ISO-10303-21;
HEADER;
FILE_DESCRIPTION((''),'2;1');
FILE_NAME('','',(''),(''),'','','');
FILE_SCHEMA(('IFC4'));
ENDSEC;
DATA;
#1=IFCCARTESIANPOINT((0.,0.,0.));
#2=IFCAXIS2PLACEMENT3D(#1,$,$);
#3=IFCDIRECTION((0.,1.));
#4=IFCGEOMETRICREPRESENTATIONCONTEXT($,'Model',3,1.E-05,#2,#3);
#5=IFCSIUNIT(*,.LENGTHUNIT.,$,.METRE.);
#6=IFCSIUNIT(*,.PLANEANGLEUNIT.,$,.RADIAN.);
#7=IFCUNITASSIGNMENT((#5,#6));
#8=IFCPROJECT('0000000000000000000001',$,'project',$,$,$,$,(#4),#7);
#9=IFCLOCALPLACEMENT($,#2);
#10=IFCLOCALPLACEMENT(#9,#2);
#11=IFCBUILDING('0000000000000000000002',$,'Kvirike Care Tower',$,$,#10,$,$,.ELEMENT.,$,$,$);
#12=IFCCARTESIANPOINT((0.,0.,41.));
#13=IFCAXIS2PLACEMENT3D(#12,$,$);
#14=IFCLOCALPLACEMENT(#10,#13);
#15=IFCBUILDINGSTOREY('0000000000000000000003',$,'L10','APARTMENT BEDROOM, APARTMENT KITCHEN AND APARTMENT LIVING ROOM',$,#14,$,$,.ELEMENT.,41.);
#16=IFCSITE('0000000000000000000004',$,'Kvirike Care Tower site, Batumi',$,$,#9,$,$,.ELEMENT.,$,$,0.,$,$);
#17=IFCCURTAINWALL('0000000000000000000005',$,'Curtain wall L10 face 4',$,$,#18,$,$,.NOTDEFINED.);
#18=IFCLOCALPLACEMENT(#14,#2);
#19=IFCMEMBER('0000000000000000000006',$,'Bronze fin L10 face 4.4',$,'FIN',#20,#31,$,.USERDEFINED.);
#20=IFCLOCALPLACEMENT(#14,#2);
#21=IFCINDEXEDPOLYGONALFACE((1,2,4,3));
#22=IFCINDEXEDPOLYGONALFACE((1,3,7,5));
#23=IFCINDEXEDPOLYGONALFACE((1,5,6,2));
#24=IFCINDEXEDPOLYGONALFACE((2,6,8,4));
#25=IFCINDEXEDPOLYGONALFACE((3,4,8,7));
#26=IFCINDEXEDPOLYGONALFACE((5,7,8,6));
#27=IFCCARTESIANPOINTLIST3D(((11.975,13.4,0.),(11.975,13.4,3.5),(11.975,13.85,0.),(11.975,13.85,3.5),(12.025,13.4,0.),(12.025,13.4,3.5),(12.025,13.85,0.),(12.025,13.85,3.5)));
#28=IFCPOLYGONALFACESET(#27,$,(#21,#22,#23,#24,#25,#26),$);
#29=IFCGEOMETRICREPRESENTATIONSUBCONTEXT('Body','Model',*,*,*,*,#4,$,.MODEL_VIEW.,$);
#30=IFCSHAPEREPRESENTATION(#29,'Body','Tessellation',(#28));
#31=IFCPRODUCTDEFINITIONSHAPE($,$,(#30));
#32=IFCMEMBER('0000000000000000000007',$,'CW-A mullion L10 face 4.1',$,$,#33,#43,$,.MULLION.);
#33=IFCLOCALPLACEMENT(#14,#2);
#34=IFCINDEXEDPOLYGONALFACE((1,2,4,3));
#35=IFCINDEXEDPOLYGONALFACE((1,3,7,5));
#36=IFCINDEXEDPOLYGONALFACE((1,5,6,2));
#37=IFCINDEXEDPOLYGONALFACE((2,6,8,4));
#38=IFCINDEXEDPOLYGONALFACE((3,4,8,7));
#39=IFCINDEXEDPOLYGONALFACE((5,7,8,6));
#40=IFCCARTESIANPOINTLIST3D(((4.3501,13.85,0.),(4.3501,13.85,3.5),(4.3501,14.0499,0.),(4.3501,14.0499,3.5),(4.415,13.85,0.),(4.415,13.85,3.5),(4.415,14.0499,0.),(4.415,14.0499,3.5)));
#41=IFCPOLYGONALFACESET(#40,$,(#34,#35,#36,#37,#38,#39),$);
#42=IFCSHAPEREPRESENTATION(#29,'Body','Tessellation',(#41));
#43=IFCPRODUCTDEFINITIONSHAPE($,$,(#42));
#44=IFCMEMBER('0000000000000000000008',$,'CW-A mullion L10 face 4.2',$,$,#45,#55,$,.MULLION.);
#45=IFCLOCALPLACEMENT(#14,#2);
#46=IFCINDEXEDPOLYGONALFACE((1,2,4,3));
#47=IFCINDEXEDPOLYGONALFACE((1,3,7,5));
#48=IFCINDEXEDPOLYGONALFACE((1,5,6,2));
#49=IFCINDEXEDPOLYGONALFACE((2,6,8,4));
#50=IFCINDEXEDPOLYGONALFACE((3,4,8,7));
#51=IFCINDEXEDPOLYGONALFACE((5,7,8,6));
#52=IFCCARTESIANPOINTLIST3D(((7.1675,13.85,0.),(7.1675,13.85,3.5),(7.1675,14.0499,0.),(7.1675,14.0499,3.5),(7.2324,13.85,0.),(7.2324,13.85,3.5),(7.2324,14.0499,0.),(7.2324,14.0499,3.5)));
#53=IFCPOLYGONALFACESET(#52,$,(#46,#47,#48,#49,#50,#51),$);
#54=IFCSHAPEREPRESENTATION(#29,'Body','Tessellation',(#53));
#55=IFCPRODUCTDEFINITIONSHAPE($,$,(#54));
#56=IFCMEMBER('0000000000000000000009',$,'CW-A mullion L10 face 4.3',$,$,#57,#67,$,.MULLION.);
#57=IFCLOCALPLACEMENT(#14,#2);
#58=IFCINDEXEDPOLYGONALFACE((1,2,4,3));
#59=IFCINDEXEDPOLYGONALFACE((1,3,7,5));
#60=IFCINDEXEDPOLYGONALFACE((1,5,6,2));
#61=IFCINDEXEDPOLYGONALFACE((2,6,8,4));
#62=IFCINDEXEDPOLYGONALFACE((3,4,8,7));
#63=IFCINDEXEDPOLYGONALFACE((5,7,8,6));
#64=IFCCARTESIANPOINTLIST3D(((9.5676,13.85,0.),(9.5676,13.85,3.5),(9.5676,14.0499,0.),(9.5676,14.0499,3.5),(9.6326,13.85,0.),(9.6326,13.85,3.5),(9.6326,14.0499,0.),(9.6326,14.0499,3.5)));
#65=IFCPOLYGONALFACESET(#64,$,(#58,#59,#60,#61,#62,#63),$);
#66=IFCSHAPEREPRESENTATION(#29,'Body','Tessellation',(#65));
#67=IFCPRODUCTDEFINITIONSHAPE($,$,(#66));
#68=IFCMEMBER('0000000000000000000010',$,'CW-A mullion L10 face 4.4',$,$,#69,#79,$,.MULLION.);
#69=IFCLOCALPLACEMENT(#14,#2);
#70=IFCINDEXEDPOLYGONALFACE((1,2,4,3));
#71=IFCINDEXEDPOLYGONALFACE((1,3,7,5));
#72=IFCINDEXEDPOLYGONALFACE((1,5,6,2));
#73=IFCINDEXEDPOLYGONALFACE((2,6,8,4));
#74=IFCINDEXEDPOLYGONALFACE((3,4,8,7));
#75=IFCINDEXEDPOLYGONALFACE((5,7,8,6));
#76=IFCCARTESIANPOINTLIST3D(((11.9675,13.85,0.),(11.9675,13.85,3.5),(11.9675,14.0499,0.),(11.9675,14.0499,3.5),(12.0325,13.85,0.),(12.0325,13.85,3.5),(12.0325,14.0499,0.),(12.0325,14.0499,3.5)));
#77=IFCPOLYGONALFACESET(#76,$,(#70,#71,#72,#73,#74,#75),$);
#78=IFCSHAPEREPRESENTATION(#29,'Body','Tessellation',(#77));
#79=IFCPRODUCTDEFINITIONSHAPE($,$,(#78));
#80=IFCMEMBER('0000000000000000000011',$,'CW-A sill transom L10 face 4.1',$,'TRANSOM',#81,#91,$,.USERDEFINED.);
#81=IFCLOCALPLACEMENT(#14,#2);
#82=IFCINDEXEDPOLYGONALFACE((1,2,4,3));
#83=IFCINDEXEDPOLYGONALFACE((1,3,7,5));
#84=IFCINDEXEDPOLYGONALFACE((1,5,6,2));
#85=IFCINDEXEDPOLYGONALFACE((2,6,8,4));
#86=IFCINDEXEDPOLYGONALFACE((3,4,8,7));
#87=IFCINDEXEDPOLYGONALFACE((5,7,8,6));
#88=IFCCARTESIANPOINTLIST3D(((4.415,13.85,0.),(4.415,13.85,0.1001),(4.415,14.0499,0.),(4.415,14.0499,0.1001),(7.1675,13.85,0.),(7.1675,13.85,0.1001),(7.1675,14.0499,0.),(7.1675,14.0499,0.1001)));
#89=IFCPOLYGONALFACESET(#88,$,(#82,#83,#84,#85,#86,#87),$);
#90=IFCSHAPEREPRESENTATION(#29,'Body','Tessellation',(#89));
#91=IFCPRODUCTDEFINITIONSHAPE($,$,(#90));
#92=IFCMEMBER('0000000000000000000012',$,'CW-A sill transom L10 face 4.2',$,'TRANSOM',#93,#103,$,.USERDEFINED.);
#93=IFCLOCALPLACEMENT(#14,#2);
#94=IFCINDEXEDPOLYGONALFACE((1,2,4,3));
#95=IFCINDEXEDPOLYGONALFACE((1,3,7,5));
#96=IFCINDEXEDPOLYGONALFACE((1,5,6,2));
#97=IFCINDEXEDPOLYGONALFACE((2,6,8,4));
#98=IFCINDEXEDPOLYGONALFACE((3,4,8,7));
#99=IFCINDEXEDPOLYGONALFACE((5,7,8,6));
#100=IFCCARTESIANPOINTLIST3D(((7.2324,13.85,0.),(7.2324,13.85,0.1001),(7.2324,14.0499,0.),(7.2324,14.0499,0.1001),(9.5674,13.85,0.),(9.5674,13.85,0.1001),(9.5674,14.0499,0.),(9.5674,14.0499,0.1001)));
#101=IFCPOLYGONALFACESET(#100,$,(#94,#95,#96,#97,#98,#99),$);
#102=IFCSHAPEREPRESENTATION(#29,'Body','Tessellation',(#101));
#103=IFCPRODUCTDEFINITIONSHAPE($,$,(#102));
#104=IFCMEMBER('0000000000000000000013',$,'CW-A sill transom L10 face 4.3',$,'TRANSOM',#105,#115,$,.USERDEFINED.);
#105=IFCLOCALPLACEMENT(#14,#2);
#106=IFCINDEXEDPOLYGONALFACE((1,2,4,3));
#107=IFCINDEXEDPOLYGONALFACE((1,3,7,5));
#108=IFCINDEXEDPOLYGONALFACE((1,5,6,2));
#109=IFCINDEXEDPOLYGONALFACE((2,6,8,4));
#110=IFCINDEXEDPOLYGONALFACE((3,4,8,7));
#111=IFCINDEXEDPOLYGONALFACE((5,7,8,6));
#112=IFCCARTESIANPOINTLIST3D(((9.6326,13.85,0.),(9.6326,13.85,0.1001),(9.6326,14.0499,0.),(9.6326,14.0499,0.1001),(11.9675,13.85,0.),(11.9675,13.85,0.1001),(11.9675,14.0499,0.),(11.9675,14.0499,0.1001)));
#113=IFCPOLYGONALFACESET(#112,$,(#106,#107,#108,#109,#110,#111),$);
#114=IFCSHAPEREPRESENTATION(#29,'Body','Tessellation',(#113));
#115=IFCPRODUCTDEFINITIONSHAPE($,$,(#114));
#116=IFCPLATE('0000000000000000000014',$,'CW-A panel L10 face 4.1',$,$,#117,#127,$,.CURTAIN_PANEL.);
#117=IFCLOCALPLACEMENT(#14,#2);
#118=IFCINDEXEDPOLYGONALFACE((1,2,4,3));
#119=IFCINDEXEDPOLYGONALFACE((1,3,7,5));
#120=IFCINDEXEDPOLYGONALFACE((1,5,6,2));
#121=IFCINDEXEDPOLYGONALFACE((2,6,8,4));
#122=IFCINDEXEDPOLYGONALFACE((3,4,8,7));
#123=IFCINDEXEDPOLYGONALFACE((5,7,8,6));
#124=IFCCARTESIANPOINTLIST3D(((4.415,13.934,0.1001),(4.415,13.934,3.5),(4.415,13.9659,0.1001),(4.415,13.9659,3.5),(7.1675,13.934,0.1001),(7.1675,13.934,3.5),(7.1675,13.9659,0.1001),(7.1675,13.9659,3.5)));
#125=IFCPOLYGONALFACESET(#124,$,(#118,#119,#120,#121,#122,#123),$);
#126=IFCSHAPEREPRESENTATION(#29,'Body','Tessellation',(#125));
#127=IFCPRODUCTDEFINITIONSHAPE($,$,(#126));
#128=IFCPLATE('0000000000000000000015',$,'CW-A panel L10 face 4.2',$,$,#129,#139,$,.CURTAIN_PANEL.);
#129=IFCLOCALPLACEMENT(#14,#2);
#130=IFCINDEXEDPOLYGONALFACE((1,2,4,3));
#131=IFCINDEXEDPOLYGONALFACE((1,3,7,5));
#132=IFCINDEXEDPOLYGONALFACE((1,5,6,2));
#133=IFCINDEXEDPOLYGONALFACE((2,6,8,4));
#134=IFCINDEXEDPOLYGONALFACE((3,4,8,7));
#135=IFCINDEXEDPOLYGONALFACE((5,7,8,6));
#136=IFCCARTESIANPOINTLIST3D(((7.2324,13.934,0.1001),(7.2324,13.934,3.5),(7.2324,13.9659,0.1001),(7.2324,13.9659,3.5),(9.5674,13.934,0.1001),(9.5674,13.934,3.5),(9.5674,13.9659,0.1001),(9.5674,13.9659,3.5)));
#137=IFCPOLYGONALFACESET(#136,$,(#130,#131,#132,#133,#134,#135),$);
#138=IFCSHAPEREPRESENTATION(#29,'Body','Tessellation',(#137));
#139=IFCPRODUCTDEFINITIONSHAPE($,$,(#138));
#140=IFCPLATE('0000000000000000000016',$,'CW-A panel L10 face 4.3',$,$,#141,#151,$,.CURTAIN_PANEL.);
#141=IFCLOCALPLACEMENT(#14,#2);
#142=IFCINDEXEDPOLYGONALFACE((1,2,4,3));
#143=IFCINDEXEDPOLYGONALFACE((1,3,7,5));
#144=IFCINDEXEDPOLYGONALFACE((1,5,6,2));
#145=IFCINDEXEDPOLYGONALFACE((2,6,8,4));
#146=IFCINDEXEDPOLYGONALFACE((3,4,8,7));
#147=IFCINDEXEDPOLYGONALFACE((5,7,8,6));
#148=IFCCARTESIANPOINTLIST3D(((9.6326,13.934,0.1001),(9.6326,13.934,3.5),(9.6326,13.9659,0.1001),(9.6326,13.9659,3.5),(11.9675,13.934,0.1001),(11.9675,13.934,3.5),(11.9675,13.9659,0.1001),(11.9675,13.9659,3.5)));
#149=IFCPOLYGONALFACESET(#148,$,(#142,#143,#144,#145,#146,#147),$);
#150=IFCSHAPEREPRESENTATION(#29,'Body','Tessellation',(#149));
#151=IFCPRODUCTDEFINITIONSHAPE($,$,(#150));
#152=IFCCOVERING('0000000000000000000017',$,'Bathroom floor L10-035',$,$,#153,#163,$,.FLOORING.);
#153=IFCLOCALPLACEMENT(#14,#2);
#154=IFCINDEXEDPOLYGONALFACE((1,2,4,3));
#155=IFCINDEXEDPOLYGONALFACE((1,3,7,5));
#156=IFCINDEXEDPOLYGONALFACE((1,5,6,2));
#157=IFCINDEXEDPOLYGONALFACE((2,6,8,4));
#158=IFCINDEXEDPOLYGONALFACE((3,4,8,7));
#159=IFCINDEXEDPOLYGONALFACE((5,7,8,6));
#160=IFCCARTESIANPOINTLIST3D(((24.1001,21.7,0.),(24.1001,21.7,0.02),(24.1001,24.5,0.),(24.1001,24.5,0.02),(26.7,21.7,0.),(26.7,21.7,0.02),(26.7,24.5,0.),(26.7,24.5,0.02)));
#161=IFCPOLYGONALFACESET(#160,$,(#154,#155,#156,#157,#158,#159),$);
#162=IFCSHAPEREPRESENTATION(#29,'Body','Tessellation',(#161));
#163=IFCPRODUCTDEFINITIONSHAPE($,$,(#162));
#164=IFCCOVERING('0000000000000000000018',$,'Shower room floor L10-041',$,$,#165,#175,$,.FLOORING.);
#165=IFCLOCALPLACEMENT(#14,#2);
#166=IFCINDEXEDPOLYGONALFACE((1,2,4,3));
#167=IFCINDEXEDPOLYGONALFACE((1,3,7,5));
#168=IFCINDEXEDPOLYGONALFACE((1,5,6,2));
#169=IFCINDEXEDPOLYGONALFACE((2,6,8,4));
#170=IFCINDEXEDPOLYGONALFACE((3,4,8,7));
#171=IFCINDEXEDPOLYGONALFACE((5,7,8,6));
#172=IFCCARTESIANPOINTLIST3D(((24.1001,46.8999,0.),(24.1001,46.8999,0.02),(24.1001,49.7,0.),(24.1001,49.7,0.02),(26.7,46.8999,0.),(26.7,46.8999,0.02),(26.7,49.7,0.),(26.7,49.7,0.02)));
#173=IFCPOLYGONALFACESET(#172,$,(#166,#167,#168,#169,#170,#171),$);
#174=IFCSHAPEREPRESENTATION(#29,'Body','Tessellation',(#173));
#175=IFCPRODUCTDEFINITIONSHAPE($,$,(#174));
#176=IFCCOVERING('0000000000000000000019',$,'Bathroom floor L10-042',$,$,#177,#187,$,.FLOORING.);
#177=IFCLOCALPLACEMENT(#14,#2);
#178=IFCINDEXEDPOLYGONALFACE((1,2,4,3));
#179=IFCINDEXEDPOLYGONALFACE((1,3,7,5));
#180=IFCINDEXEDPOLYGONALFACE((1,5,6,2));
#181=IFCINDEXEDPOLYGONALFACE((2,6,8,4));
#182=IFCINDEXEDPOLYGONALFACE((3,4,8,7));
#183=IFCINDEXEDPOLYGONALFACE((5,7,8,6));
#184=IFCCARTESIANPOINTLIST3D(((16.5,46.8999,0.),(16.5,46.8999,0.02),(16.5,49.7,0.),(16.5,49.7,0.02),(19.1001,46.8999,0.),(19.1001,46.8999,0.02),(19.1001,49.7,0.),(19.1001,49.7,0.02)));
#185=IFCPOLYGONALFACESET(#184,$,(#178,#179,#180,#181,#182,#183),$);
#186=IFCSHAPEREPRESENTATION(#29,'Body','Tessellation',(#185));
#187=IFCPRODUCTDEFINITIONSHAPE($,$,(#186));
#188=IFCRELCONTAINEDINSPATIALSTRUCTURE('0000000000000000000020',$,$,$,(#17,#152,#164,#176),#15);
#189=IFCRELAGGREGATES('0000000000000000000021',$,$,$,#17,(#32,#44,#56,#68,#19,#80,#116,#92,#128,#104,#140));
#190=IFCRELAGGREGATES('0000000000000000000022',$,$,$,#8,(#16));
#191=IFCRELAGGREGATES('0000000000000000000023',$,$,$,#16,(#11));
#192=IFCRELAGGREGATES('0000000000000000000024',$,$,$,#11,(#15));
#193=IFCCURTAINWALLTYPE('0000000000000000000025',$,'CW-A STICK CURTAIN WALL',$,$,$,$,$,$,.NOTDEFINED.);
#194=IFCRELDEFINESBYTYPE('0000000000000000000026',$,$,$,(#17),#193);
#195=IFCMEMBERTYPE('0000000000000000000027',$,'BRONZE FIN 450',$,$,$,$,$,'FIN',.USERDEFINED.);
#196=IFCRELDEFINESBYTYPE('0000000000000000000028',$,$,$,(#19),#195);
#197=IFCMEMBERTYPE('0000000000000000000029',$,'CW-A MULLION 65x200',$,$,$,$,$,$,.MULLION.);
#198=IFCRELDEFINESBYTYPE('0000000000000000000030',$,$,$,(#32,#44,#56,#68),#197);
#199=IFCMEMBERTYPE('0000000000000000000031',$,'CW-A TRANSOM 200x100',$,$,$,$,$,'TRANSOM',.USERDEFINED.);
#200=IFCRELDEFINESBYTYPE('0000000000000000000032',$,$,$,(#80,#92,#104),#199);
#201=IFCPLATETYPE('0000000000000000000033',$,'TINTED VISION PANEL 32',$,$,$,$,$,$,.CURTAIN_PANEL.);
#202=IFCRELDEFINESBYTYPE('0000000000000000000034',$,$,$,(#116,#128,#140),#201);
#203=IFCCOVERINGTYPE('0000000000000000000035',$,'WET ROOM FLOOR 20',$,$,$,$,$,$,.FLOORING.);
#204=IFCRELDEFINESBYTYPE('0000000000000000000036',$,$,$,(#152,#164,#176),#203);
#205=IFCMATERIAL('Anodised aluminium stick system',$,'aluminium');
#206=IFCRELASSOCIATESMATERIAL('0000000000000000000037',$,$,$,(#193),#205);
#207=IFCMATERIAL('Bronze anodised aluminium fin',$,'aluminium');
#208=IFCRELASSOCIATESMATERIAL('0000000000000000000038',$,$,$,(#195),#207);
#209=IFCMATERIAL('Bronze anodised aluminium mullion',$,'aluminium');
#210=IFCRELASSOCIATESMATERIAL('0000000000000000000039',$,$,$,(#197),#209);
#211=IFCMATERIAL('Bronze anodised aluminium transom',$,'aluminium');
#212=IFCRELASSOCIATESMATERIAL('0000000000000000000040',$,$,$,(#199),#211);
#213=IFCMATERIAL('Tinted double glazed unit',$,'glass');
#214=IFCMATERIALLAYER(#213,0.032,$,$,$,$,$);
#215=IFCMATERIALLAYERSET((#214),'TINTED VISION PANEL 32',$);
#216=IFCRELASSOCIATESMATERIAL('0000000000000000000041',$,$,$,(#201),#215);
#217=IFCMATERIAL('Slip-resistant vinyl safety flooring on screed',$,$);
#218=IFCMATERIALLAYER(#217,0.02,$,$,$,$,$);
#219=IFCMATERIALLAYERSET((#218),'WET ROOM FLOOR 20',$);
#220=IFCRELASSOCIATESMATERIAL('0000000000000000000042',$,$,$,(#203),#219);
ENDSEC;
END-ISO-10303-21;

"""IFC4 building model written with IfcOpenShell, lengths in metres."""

from ifc_helpers import new_model, si_unit, direction, frame, origin, origin_2d, place, context, subcontext, project, spatial, polyline, rectangle, outline, extrude, material, layer, layer_set, material_profile, profile_set, type_object, element, aggregate, save


model = new_model("IFC4")

# Units and contexts
model_context = context("Model", 3, precision=1e-05, world=origin(), true_north=direction((0.0, 1.0)))
body_context = subcontext(model_context, "Body", "Model", "MODEL_VIEW")
ifc_project = project(units=[si_unit("LENGTHUNIT", "METRE"), si_unit("PLANEANGLEUNIT", "RADIAN")], contexts=[model_context])

# Site, building, storey
site_placement = place(None, origin())
site = spatial("IfcSite", under=ifc_project, at=site_placement, Name="Kvirike Care Tower site, Batumi", CompositionType="ELEMENT", RefElevation=0.0)
building_placement = place(site_placement, origin())
building = spatial("IfcBuilding", under=site, at=building_placement, Name="Kvirike Care Tower", CompositionType="ELEMENT")
storey_placement = place(building_placement, frame((0.0, 0.0, 41.0)))
storey = spatial("IfcBuildingStorey", under=building, at=storey_placement, Name="L10", Description="APARTMENT BEDROOM, APARTMENT KITCHEN AND APARTMENT LIVING ROOM", CompositionType="ELEMENT", Elevation=41.0)

# Curtain wall, members, plates
ifc_material_1 = material(Name="Anodised aluminium stick system", Category="aluminium")
curtain_wall_type = type_object("IfcCurtainWallType", Name="CW-A STICK CURTAIN WALL", PredefinedType="NOTDEFINED", material=ifc_material_1)
curtain_wall_placement = place(storey_placement, origin())
curtain_wall = element("IfcCurtainWall", 1, at=curtain_wall_placement, inside=storey, type_object=curtain_wall_type, Name="Curtain wall L10 face 4", PredefinedType="NOTDEFINED")
ifc_material_2 = material(Name="Bronze anodised aluminium fin", Category="aluminium")
ifc_material_profile_1 = material_profile(ifc_material_2, rectangle(XDim=0.05, YDim=0.45, at=origin_2d()), Name="BRONZE FIN 450")
ifc_profile_set_1 = profile_set([ifc_material_profile_1], Name="Bronze anodised aluminium fin")
member_type_1 = type_object("IfcMemberType", Name="BRONZE FIN 450", ElementType="FIN", PredefinedType="USERDEFINED", material=ifc_profile_set_1)
member_1_placement = place(storey_placement, frame((12.0, 13.625, 0.0), z_axis=(0.0, 0.0, 1.0), x_axis=(1.0, 0.0, 0.0)))
member_1 = element("IfcMember", 2, at=member_1_placement, type_object=member_type_1, Name="Bronze fin L10 face 4.4", ObjectType="FIN", PredefinedType="USERDEFINED", context=body_context, shape_type="SweptSolid", body=[
    extrude(rectangle(XDim=0.05, YDim=0.45, at=origin_2d()), origin(), (0.0, 0.0, 1.0), 3.5),
])
ifc_material_3 = material(Name="Bronze anodised aluminium mullion", Category="aluminium")
ifc_material_profile_2 = material_profile(ifc_material_3, rectangle(XDim=0.0649, YDim=0.2, at=origin_2d()), Name="CW-A MULLION 65x200")
ifc_profile_set_2 = profile_set([ifc_material_profile_2], Name="Bronze anodised aluminium mullion")
member_type_2 = type_object("IfcMemberType", Name="CW-A MULLION 65x200", PredefinedType="MULLION", material=ifc_profile_set_2)
member_2_placement = place(storey_placement, frame((4.3826, 13.95, 0.0), z_axis=(0.0, 0.0, 1.0), x_axis=(1.0, 0.0, 0.0)))
member_2 = element("IfcMember", 3, at=member_2_placement, type_object=member_type_2, Name="CW-A mullion L10 face 4.1", PredefinedType="MULLION", context=body_context, shape_type="SweptSolid", body=[
    extrude(rectangle(XDim=0.0649, YDim=0.2, at=origin_2d()), origin(), (0.0, 0.0, 1.0), 3.5),
])
member_3_placement = place(storey_placement, frame((7.2, 13.95, 0.0), z_axis=(0.0, 0.0, 1.0), x_axis=(1.0, 0.0, 0.0)))
member_3 = element("IfcMember", 4, at=member_3_placement, type_object=member_type_2, Name="CW-A mullion L10 face 4.2", PredefinedType="MULLION", context=body_context, shape_type="SweptSolid", body=[
    extrude(rectangle(XDim=0.0649, YDim=0.2, at=origin_2d()), origin(), (0.0, 0.0, 1.0), 3.5),
])
member_4_placement = place(storey_placement, frame((9.6001, 13.95, 0.0), z_axis=(0.0, 0.0, 1.0), x_axis=(1.0, 0.0, 0.0)))
member_4 = element("IfcMember", 5, at=member_4_placement, type_object=member_type_2, Name="CW-A mullion L10 face 4.3", PredefinedType="MULLION", context=body_context, shape_type="SweptSolid", body=[
    extrude(rectangle(XDim=0.0649, YDim=0.2, at=origin_2d()), origin(), (0.0, 0.0, 1.0), 3.5),
])
member_5_placement = place(storey_placement, frame((12.0, 13.95, 0.0), z_axis=(0.0, 0.0, 1.0), x_axis=(1.0, 0.0, 0.0)))
member_5 = element("IfcMember", 6, at=member_5_placement, type_object=member_type_2, Name="CW-A mullion L10 face 4.4", PredefinedType="MULLION", context=body_context, shape_type="SweptSolid", body=[
    extrude(rectangle(XDim=0.0649, YDim=0.2, at=origin_2d()), origin(), (0.0, 0.0, 1.0), 3.5),
])
ifc_material_4 = material(Name="Bronze anodised aluminium transom", Category="aluminium")
ifc_material_profile_3 = material_profile(ifc_material_4, rectangle(XDim=0.2, YDim=0.1001, at=origin_2d()), Name="CW-A TRANSOM 200x100")
ifc_profile_set_3 = profile_set([ifc_material_profile_3], Name="Bronze anodised aluminium transom")
member_type_3 = type_object("IfcMemberType", Name="CW-A TRANSOM 200x100", ElementType="TRANSOM", PredefinedType="USERDEFINED", material=ifc_profile_set_3)
member_6_placement = place(storey_placement, frame((4.415, 13.95, 0.05), z_axis=(1.0, 0.0, 0.0), x_axis=(0.0, 1.0, 0.0)))
member_6 = element("IfcMember", 7, at=member_6_placement, type_object=member_type_3, Name="CW-A sill transom L10 face 4.1", ObjectType="TRANSOM", PredefinedType="USERDEFINED", context=body_context, shape_type="SweptSolid", body=[
    extrude(rectangle(XDim=0.2, YDim=0.1001, at=origin_2d()), origin(), (0.0, 0.0, 1.0), 2.7524),
])
member_7_placement = place(storey_placement, frame((7.2324, 13.95, 0.05), z_axis=(1.0, 0.0, 0.0), x_axis=(0.0, 1.0, 0.0)))
member_7 = element("IfcMember", 8, at=member_7_placement, type_object=member_type_3, Name="CW-A sill transom L10 face 4.2", ObjectType="TRANSOM", PredefinedType="USERDEFINED", context=body_context, shape_type="SweptSolid", body=[
    extrude(rectangle(XDim=0.2, YDim=0.1001, at=origin_2d()), origin(), (0.0, 0.0, 1.0), 2.335),
])
member_8_placement = place(storey_placement, frame((9.6326, 13.95, 0.05), z_axis=(1.0, 0.0, 0.0), x_axis=(0.0, 1.0, 0.0)))
member_8 = element("IfcMember", 9, at=member_8_placement, type_object=member_type_3, Name="CW-A sill transom L10 face 4.3", ObjectType="TRANSOM", PredefinedType="USERDEFINED", context=body_context, shape_type="SweptSolid", body=[
    extrude(rectangle(XDim=0.2, YDim=0.1001, at=origin_2d()), origin(), (0.0, 0.0, 1.0), 2.335),
])
ifc_material_5 = material(Name="Tinted double glazed unit", Category="glass")
ifc_layer_1 = layer(ifc_material_5, 0.032)
ifc_layer_set_1 = layer_set([ifc_layer_1], Name="TINTED VISION PANEL 32")
plate_type = type_object("IfcPlateType", Name="TINTED VISION PANEL 32", PredefinedType="CURTAIN_PANEL", material=ifc_layer_set_1)
plate_1_placement = place(storey_placement, frame((5.7913, 13.95, 0.1001), z_axis=(0.0, 0.0, 1.0), x_axis=(1.0, 0.0, 0.0)))
plate_1 = element("IfcPlate", 10, at=plate_1_placement, type_object=plate_type, Name="CW-A panel L10 face 4.1", PredefinedType="CURTAIN_PANEL", context=body_context, shape_type="SweptSolid", body=[
    extrude(rectangle(XDim=2.7524, YDim=0.032, at=origin_2d()), origin(), (0.0, 0.0, 1.0), 3.3999),
])
plate_2_placement = place(storey_placement, frame((8.3999, 13.95, 0.1001), z_axis=(0.0, 0.0, 1.0), x_axis=(1.0, 0.0, 0.0)))
plate_2 = element("IfcPlate", 11, at=plate_2_placement, type_object=plate_type, Name="CW-A panel L10 face 4.2", PredefinedType="CURTAIN_PANEL", context=body_context, shape_type="SweptSolid", body=[
    extrude(rectangle(XDim=2.335, YDim=0.032, at=origin_2d()), origin(), (0.0, 0.0, 1.0), 3.3999),
])
plate_3_placement = place(storey_placement, frame((10.8, 13.95, 0.1001), z_axis=(0.0, 0.0, 1.0), x_axis=(1.0, 0.0, 0.0)))
plate_3 = element("IfcPlate", 12, at=plate_3_placement, type_object=plate_type, Name="CW-A panel L10 face 4.3", PredefinedType="CURTAIN_PANEL", context=body_context, shape_type="SweptSolid", body=[
    extrude(rectangle(XDim=2.335, YDim=0.032, at=origin_2d()), origin(), (0.0, 0.0, 1.0), 3.3999),
])
aggregate(curtain_wall, [member_2, member_3, member_4, member_5, member_1, member_6, plate_1, member_7, plate_2, member_8, plate_3])

# Coverings
ifc_material_6 = material(Name="Slip-resistant vinyl safety flooring on screed")
ifc_layer_2 = layer(ifc_material_6, 0.02)
ifc_layer_set_2 = layer_set([ifc_layer_2], Name="WET ROOM FLOOR 20")
covering_type = type_object("IfcCoveringType", Name="WET ROOM FLOOR 20", PredefinedType="FLOORING", material=ifc_layer_set_2)
covering_1_placement = place(storey_placement, origin())
element("IfcCovering", 13, at=covering_1_placement, inside=storey, type_object=covering_type, Name="Bathroom floor L10-035", PredefinedType="FLOORING", context=body_context, shape_type="SweptSolid", body=[
    extrude(outline(polyline([(24.1001, 21.7), (24.1001, 24.5), (26.7, 24.5), (26.7, 21.7), (24.1001, 21.7)])), origin(), (0.0, 0.0, 1.0), 0.02),
])
covering_2_placement = place(storey_placement, origin())
element("IfcCovering", 14, at=covering_2_placement, inside=storey, type_object=covering_type, Name="Shower room floor L10-041", PredefinedType="FLOORING", context=body_context, shape_type="SweptSolid", body=[
    extrude(outline(polyline([(26.7, 49.7), (26.7, 46.8999), (24.1001, 46.8999), (24.1001, 49.7), (26.7, 49.7)])), origin(), (0.0, 0.0, 1.0), 0.02),
])
covering_3_placement = place(storey_placement, origin())
element("IfcCovering", 15, at=covering_3_placement, inside=storey, type_object=covering_type, Name="Bathroom floor L10-042", PredefinedType="FLOORING", context=body_context, shape_type="SweptSolid", body=[
    extrude(outline(polyline([(19.1001, 49.7), (19.1001, 46.8999), (16.5, 46.8999), (16.5, 49.7), (19.1001, 49.7)])), origin(), (0.0, 0.0, 1.0), 0.02),
])

save(model, "model.ifc")
